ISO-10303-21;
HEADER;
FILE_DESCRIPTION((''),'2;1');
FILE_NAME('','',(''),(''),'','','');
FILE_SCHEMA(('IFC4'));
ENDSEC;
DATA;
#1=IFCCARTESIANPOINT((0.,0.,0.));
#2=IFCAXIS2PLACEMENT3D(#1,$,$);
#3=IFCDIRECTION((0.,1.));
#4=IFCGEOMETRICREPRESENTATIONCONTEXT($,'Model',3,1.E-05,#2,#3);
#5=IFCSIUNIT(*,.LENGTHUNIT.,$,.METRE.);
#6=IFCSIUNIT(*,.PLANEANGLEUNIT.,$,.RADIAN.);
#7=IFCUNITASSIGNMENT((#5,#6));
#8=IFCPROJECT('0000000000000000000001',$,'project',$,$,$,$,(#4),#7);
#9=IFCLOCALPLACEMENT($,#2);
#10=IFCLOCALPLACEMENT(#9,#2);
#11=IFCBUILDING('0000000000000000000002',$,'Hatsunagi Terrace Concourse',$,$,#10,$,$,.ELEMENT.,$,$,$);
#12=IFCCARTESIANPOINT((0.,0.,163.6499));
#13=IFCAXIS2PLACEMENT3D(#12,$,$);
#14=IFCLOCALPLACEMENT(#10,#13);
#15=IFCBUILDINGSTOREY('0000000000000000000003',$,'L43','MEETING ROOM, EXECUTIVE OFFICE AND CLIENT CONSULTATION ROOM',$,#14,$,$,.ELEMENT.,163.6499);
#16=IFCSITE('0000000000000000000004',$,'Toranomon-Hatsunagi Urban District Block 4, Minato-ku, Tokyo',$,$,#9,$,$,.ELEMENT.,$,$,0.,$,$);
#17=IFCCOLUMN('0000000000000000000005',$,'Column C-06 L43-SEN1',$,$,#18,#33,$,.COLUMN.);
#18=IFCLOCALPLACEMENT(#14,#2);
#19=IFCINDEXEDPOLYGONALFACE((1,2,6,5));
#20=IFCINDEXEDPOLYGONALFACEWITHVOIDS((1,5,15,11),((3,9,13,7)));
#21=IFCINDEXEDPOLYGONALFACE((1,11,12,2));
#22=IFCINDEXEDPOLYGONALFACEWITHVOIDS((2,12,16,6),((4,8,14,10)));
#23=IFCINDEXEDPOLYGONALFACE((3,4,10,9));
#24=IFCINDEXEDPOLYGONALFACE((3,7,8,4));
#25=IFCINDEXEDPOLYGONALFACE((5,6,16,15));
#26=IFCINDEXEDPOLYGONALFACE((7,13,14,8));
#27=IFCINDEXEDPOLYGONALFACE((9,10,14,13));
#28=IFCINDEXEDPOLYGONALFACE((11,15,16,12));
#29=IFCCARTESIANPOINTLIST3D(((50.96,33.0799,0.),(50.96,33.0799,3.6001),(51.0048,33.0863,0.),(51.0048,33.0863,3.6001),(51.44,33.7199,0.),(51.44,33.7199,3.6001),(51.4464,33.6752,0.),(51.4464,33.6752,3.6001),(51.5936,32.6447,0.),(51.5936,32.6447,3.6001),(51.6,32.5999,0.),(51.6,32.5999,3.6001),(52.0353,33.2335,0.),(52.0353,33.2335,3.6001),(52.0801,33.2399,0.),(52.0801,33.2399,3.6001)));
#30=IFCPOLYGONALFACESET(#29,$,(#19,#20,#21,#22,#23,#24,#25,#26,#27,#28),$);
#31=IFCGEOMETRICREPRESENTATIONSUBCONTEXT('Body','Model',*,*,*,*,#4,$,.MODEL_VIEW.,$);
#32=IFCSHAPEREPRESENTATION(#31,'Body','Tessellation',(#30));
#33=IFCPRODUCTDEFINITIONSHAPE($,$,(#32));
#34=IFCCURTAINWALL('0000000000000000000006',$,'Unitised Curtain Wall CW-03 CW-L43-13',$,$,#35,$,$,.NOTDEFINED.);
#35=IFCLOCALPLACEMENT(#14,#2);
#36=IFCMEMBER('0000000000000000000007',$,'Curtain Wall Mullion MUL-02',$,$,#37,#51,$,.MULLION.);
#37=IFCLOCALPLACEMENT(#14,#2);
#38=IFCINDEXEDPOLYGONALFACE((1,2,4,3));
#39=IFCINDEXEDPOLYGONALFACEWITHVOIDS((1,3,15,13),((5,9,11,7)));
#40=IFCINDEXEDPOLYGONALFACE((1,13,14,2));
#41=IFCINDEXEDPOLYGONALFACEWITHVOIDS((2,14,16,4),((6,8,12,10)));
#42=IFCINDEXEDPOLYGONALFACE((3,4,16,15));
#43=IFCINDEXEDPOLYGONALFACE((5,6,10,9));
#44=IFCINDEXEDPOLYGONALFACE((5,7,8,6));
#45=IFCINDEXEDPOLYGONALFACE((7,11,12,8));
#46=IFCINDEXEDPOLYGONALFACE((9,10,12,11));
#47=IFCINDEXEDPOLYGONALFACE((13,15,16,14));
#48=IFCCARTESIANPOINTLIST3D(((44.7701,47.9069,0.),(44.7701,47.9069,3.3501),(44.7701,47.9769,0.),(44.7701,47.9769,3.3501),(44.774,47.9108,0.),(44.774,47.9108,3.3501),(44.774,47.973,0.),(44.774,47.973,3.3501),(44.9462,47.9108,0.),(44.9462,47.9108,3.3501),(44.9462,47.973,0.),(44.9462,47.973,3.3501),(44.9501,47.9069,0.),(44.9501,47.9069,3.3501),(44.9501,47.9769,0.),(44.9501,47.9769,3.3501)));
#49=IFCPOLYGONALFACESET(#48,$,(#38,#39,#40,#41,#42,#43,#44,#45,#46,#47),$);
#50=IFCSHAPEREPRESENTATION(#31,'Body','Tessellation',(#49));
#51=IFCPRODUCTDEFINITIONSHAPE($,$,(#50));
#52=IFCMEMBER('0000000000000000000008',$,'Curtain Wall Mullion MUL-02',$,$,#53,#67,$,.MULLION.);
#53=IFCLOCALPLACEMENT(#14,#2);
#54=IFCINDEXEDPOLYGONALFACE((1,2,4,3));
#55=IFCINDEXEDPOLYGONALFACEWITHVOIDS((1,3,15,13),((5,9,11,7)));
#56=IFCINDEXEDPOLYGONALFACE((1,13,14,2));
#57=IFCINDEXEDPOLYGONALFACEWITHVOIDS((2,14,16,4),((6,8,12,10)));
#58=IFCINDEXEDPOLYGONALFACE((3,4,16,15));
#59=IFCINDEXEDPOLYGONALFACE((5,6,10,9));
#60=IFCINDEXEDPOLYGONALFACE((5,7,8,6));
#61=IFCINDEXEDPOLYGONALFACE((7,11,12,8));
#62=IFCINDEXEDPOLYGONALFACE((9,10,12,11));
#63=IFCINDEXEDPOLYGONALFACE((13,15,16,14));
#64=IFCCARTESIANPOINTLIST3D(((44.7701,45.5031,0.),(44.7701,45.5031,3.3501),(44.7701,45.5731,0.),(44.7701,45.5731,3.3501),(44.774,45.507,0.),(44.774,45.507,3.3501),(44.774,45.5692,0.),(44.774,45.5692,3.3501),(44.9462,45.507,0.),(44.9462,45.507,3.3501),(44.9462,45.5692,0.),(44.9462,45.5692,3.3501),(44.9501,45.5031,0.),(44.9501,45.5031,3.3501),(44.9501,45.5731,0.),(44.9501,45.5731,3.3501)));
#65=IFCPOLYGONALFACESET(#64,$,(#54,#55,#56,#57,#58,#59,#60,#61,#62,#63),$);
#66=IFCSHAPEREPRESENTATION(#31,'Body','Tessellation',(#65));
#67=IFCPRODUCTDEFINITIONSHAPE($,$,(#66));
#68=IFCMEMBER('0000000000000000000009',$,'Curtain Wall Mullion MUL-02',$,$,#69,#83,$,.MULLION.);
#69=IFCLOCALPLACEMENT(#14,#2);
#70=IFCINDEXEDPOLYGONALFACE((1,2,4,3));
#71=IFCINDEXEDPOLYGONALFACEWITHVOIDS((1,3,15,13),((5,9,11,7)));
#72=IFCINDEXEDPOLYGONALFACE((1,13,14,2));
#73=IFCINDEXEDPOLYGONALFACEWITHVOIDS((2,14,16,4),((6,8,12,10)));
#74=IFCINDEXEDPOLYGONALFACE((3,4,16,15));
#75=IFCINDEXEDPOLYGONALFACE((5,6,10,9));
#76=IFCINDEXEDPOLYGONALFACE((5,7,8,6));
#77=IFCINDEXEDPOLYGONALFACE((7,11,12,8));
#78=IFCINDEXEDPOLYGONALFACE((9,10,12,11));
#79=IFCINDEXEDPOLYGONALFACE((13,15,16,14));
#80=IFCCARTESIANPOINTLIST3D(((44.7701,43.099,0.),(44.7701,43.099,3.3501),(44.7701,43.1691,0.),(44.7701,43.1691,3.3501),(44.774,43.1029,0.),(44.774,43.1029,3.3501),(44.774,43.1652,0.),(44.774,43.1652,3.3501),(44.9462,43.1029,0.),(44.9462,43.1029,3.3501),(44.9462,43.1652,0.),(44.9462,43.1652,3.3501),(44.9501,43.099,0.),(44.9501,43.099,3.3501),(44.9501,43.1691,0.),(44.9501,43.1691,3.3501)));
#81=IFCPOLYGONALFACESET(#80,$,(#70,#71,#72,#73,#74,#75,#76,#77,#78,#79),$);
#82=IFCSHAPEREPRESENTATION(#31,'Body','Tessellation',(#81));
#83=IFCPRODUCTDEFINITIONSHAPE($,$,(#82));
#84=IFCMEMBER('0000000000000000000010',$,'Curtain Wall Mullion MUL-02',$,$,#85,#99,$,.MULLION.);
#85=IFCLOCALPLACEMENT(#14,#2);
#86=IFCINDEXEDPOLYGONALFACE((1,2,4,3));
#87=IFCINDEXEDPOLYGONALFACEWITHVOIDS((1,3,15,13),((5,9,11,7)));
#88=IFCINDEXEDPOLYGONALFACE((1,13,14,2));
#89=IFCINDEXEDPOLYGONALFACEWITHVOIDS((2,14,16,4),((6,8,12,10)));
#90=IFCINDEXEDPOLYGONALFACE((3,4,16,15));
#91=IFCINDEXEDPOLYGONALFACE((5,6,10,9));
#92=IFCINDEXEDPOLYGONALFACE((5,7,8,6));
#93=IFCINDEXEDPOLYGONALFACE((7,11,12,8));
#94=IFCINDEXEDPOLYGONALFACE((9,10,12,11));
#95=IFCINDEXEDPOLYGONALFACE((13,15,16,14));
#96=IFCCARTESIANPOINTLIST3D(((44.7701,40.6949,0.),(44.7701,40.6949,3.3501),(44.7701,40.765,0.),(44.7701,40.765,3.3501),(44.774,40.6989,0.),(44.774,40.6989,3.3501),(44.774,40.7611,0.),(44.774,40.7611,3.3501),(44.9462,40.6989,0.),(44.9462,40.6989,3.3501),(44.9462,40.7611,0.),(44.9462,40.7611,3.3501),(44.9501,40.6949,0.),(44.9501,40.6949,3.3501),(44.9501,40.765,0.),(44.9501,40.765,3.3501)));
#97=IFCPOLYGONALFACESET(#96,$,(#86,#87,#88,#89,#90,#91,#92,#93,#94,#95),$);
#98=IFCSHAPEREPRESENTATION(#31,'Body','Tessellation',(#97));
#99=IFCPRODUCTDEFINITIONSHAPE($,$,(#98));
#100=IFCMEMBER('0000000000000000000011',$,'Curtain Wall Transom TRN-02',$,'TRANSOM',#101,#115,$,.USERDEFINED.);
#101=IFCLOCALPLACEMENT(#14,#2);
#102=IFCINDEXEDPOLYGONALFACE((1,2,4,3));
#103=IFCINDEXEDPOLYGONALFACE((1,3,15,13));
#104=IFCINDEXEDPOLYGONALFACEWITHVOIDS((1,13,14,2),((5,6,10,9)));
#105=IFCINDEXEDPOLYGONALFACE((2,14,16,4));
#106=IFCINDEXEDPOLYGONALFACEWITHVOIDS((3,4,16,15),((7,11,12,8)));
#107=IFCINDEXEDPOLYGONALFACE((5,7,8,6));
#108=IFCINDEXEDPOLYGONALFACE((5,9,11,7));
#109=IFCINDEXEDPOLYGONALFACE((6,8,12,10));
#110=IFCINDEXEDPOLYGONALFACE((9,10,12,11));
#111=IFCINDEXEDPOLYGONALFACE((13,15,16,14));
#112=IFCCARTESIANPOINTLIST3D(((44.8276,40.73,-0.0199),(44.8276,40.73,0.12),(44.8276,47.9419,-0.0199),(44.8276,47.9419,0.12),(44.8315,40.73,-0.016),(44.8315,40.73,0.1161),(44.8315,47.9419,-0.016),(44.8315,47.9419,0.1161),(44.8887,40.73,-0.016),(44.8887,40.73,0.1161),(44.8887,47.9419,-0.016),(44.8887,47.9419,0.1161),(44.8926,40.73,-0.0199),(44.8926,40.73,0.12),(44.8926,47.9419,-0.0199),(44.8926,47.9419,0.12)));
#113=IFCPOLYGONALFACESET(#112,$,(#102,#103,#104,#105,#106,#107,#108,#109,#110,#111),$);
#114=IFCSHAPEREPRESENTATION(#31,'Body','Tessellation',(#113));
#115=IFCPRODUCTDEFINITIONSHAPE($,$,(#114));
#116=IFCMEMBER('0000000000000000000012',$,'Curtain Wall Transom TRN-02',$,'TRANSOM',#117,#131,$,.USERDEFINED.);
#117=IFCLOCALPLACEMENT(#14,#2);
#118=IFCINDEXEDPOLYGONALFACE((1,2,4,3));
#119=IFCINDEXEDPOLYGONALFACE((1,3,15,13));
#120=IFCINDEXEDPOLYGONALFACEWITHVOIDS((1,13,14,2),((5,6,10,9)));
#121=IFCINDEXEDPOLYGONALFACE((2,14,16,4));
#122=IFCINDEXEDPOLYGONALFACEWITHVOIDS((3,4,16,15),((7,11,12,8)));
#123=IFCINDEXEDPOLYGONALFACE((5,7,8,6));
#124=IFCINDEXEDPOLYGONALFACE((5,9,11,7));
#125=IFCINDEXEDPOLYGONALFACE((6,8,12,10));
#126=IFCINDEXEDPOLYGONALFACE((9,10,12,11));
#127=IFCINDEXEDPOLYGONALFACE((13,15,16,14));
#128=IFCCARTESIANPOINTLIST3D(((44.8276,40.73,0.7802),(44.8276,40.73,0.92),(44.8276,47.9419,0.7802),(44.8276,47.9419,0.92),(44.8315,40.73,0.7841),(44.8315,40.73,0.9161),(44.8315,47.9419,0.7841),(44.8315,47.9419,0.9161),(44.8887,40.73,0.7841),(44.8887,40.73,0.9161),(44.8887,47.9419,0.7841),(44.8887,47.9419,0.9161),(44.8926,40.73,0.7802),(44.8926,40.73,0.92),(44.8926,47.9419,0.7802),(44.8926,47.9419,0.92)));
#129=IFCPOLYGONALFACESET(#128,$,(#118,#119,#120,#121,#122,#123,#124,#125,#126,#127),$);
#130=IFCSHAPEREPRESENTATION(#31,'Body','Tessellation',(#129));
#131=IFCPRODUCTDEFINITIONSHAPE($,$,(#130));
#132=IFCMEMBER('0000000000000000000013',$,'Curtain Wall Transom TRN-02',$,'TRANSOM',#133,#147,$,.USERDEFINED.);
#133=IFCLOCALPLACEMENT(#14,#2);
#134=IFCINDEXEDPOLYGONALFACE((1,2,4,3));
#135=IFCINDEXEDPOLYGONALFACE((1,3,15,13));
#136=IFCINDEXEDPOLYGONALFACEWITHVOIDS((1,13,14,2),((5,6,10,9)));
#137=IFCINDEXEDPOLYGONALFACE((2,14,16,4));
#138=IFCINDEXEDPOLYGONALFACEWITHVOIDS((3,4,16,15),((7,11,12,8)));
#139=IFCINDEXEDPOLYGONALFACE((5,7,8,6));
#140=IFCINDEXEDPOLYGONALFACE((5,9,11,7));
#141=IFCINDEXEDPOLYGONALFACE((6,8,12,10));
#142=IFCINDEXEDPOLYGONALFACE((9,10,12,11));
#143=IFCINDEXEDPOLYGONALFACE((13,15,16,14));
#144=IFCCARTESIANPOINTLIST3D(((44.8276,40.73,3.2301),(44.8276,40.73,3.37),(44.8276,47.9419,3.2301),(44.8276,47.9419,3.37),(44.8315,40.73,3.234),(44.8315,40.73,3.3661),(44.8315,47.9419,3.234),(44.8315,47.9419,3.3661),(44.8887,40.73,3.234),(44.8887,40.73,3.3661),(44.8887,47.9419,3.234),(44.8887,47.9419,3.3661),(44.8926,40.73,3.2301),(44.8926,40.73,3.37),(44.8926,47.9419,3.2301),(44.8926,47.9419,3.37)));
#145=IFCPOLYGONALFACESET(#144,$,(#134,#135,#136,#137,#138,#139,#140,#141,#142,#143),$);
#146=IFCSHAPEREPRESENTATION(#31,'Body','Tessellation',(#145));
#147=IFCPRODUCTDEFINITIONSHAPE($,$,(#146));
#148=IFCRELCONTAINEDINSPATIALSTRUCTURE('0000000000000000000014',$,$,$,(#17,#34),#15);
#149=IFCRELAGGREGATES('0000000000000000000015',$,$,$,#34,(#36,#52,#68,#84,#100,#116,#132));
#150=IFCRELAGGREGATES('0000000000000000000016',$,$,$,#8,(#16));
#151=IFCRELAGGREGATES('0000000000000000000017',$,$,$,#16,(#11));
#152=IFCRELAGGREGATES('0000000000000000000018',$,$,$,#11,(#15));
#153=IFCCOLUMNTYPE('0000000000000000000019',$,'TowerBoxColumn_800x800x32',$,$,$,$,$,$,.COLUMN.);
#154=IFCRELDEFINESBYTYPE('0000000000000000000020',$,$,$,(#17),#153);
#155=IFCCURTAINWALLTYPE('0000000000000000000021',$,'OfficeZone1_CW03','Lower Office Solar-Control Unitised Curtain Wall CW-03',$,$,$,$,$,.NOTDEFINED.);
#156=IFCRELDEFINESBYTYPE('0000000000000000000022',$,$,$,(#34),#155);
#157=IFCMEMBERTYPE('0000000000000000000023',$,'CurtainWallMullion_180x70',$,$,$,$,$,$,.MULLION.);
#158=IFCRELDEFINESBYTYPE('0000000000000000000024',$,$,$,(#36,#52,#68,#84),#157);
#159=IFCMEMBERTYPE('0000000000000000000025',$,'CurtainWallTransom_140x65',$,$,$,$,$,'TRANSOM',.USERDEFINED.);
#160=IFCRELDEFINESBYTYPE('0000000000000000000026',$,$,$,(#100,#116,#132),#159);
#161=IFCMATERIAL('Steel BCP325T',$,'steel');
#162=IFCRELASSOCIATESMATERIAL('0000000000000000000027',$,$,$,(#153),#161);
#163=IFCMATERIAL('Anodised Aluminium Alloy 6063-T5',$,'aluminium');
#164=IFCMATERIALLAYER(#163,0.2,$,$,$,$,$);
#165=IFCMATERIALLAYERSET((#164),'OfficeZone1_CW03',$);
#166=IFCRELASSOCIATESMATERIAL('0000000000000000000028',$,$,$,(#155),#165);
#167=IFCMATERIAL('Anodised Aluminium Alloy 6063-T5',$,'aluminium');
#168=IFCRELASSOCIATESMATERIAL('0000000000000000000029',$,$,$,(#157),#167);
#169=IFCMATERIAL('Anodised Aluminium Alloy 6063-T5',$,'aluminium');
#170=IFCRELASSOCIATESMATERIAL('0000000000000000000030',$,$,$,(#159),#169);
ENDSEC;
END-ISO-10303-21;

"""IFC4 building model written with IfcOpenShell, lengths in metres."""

from ifc_helpers import new_model, si_unit, direction, frame, origin, origin_2d, place, context, subcontext, project, spatial, hollow_rectangle, extrude, material, layer, layer_set, material_profile, profile_set, type_object, element, aggregate, save


model = new_model("IFC4")

# Units and contexts
model_context = context("Model", 3, precision=1e-05, world=origin(), true_north=direction((0.0, 1.0)))
body_context = subcontext(model_context, "Body", "Model", "MODEL_VIEW")
ifc_project = project(units=[si_unit("LENGTHUNIT", "METRE"), si_unit("PLANEANGLEUNIT", "RADIAN")], contexts=[model_context])

# Site, building, storey
site_placement = place(None, origin())
site = spatial("IfcSite", under=ifc_project, at=site_placement, Name="Toranomon-Hatsunagi Urban District Block 4, Minato-ku, Tokyo", CompositionType="ELEMENT", RefElevation=0.0)
building_placement = place(site_placement, origin())
building = spatial("IfcBuilding", under=site, at=building_placement, Name="Hatsunagi Terrace Concourse", CompositionType="ELEMENT")
storey_placement = place(building_placement, frame((0.0, 0.0, 163.6499)))
storey = spatial("IfcBuildingStorey", under=building, at=storey_placement, Name="L43", Description="MEETING ROOM, EXECUTIVE OFFICE AND CLIENT CONSULTATION ROOM", CompositionType="ELEMENT", Elevation=163.6499)

# Column
ifc_material_1 = material(Name="Steel BCP325T", Category="steel")
ifc_material_profile_1 = material_profile(ifc_material_1, hollow_rectangle(XDim=0.8, YDim=0.8, WallThickness=0.032, at=origin_2d()), Name="BCP-800x800x32")
ifc_profile_set_1 = profile_set([ifc_material_profile_1], Name="Steel BCP325T")
column_type = type_object("IfcColumnType", Name="TowerBoxColumn_800x800x32", PredefinedType="COLUMN", material=ifc_profile_set_1)
column_placement = place(storey_placement, frame((51.52, 33.1599, 0.0), z_axis=(0.0, 0.0, 1.0), x_axis=(0.8, -0.6, 0.0)))
element("IfcColumn", 1, at=column_placement, inside=storey, type_object=column_type, Name="Column C-06 L43-SEN1", PredefinedType="COLUMN", context=body_context, shape_type="SweptSolid", body=[
    extrude(hollow_rectangle(XDim=0.8, YDim=0.8, WallThickness=0.032, at=origin_2d()), origin(), (0.0, 0.0, 1.0), 3.6001),
])

# Curtain wall, members
ifc_material_2 = material(Name="Anodised Aluminium Alloy 6063-T5", Category="aluminium")
ifc_layer_1 = layer(ifc_material_2, 0.2)
ifc_layer_set_1 = layer_set([ifc_layer_1], Name="OfficeZone1_CW03")
curtain_wall_type = type_object("IfcCurtainWallType", Name="OfficeZone1_CW03", Description="Lower Office Solar-Control Unitised Curtain Wall CW-03", PredefinedType="NOTDEFINED", material=ifc_layer_set_1)
curtain_wall_placement = place(storey_placement, origin())
curtain_wall = element("IfcCurtainWall", 2, at=curtain_wall_placement, inside=storey, type_object=curtain_wall_type, Name="Unitised Curtain Wall CW-03 CW-L43-13", PredefinedType="NOTDEFINED")
ifc_material_3 = material(Name="Anodised Aluminium Alloy 6063-T5", Category="aluminium")
ifc_material_profile_2 = material_profile(ifc_material_3, hollow_rectangle(XDim=0.0701, YDim=0.1799, WallThickness=0.0039, at=origin_2d()), Name="ALU-MUL-180x70x4")
ifc_profile_set_2 = profile_set([ifc_material_profile_2], Name="Anodised Aluminium Alloy 6063-T5")
member_type_1 = type_object("IfcMemberType", Name="CurtainWallMullion_180x70", PredefinedType="MULLION", material=ifc_profile_set_2)
member_1_placement = place(storey_placement, frame((44.8601, 47.9419, 0.0), z_axis=(0.0, 0.0, 1.0), x_axis=(0.0, -1.0, 0.0)))
member_1 = element("IfcMember", 3, at=member_1_placement, type_object=member_type_1, Name="Curtain Wall Mullion MUL-02", PredefinedType="MULLION", context=body_context, shape_type="SweptSolid", body=[
    extrude(hollow_rectangle(XDim=0.0701, YDim=0.1799, WallThickness=0.0039, at=origin_2d()), origin(), (0.0, 0.0, 1.0), 3.3501),
])
member_2_placement = place(storey_placement, frame((44.8601, 45.5381, 0.0), z_axis=(0.0, 0.0, 1.0), x_axis=(0.0, -1.0, 0.0)))
member_2 = element("IfcMember", 4, at=member_2_placement, type_object=member_type_1, Name="Curtain Wall Mullion MUL-02", PredefinedType="MULLION", context=body_context, shape_type="SweptSolid", body=[
    extrude(hollow_rectangle(XDim=0.0701, YDim=0.1799, WallThickness=0.0039, at=origin_2d()), origin(), (0.0, 0.0, 1.0), 3.3501),
])
member_3_placement = place(storey_placement, frame((44.8601, 43.134, 0.0), z_axis=(0.0, 0.0, 1.0), x_axis=(0.0, -1.0, 0.0)))
member_3 = element("IfcMember", 5, at=member_3_placement, type_object=member_type_1, Name="Curtain Wall Mullion MUL-02", PredefinedType="MULLION", context=body_context, shape_type="SweptSolid", body=[
    extrude(hollow_rectangle(XDim=0.0701, YDim=0.1799, WallThickness=0.0039, at=origin_2d()), origin(), (0.0, 0.0, 1.0), 3.3501),
])
member_4_placement = place(storey_placement, frame((44.8601, 40.73, 0.0), z_axis=(0.0, 0.0, 1.0), x_axis=(0.0, -1.0, 0.0)))
member_4 = element("IfcMember", 6, at=member_4_placement, type_object=member_type_1, Name="Curtain Wall Mullion MUL-02", PredefinedType="MULLION", context=body_context, shape_type="SweptSolid", body=[
    extrude(hollow_rectangle(XDim=0.0701, YDim=0.1799, WallThickness=0.0039, at=origin_2d()), origin(), (0.0, 0.0, 1.0), 3.3501),
])
ifc_material_4 = material(Name="Anodised Aluminium Alloy 6063-T5", Category="aluminium")
ifc_material_profile_3 = material_profile(ifc_material_4, hollow_rectangle(XDim=0.0649, YDim=0.1399, WallThickness=0.0039, at=origin_2d()), Name="ALU-TRN-140x65x4")
ifc_profile_set_3 = profile_set([ifc_material_profile_3], Name="Anodised Aluminium Alloy 6063-T5")
member_type_2 = type_object("IfcMemberType", Name="CurtainWallTransom_140x65", ElementType="TRANSOM", PredefinedType="USERDEFINED", material=ifc_profile_set_3)
member_5_placement = place(storey_placement, frame((44.8601, 47.9419, 0.05), z_axis=(0.0, -1.0, 0.0), x_axis=(1.0, 0.0, 0.0)))
member_5 = element("IfcMember", 7, at=member_5_placement, type_object=member_type_2, Name="Curtain Wall Transom TRN-02", ObjectType="TRANSOM", PredefinedType="USERDEFINED", context=body_context, shape_type="SweptSolid", body=[
    extrude(hollow_rectangle(XDim=0.0649, YDim=0.1399, WallThickness=0.0039, at=origin_2d()), origin(), (0.0, 0.0, 1.0), 7.2119),
])
member_6_placement = place(storey_placement, frame((44.8601, 47.9419, 0.8501), z_axis=(0.0, -1.0, 0.0), x_axis=(1.0, 0.0, 0.0)))
member_6 = element("IfcMember", 8, at=member_6_placement, type_object=member_type_2, Name="Curtain Wall Transom TRN-02", ObjectType="TRANSOM", PredefinedType="USERDEFINED", context=body_context, shape_type="SweptSolid", body=[
    extrude(hollow_rectangle(XDim=0.0649, YDim=0.1399, WallThickness=0.0039, at=origin_2d()), origin(), (0.0, 0.0, 1.0), 7.2119),
])
member_7_placement = place(storey_placement, frame((44.8601, 47.9419, 3.3), z_axis=(0.0, -1.0, 0.0), x_axis=(1.0, 0.0, 0.0)))
member_7 = element("IfcMember", 9, at=member_7_placement, type_object=member_type_2, Name="Curtain Wall Transom TRN-02", ObjectType="TRANSOM", PredefinedType="USERDEFINED", context=body_context, shape_type="SweptSolid", body=[
    extrude(hollow_rectangle(XDim=0.0649, YDim=0.1399, WallThickness=0.0039, at=origin_2d()), origin(), (0.0, 0.0, 1.0), 7.2119),
])

aggregate(curtain_wall, [member_1, member_2, member_3, member_4, member_5, member_6, member_7])

save(model, "model.ifc")
